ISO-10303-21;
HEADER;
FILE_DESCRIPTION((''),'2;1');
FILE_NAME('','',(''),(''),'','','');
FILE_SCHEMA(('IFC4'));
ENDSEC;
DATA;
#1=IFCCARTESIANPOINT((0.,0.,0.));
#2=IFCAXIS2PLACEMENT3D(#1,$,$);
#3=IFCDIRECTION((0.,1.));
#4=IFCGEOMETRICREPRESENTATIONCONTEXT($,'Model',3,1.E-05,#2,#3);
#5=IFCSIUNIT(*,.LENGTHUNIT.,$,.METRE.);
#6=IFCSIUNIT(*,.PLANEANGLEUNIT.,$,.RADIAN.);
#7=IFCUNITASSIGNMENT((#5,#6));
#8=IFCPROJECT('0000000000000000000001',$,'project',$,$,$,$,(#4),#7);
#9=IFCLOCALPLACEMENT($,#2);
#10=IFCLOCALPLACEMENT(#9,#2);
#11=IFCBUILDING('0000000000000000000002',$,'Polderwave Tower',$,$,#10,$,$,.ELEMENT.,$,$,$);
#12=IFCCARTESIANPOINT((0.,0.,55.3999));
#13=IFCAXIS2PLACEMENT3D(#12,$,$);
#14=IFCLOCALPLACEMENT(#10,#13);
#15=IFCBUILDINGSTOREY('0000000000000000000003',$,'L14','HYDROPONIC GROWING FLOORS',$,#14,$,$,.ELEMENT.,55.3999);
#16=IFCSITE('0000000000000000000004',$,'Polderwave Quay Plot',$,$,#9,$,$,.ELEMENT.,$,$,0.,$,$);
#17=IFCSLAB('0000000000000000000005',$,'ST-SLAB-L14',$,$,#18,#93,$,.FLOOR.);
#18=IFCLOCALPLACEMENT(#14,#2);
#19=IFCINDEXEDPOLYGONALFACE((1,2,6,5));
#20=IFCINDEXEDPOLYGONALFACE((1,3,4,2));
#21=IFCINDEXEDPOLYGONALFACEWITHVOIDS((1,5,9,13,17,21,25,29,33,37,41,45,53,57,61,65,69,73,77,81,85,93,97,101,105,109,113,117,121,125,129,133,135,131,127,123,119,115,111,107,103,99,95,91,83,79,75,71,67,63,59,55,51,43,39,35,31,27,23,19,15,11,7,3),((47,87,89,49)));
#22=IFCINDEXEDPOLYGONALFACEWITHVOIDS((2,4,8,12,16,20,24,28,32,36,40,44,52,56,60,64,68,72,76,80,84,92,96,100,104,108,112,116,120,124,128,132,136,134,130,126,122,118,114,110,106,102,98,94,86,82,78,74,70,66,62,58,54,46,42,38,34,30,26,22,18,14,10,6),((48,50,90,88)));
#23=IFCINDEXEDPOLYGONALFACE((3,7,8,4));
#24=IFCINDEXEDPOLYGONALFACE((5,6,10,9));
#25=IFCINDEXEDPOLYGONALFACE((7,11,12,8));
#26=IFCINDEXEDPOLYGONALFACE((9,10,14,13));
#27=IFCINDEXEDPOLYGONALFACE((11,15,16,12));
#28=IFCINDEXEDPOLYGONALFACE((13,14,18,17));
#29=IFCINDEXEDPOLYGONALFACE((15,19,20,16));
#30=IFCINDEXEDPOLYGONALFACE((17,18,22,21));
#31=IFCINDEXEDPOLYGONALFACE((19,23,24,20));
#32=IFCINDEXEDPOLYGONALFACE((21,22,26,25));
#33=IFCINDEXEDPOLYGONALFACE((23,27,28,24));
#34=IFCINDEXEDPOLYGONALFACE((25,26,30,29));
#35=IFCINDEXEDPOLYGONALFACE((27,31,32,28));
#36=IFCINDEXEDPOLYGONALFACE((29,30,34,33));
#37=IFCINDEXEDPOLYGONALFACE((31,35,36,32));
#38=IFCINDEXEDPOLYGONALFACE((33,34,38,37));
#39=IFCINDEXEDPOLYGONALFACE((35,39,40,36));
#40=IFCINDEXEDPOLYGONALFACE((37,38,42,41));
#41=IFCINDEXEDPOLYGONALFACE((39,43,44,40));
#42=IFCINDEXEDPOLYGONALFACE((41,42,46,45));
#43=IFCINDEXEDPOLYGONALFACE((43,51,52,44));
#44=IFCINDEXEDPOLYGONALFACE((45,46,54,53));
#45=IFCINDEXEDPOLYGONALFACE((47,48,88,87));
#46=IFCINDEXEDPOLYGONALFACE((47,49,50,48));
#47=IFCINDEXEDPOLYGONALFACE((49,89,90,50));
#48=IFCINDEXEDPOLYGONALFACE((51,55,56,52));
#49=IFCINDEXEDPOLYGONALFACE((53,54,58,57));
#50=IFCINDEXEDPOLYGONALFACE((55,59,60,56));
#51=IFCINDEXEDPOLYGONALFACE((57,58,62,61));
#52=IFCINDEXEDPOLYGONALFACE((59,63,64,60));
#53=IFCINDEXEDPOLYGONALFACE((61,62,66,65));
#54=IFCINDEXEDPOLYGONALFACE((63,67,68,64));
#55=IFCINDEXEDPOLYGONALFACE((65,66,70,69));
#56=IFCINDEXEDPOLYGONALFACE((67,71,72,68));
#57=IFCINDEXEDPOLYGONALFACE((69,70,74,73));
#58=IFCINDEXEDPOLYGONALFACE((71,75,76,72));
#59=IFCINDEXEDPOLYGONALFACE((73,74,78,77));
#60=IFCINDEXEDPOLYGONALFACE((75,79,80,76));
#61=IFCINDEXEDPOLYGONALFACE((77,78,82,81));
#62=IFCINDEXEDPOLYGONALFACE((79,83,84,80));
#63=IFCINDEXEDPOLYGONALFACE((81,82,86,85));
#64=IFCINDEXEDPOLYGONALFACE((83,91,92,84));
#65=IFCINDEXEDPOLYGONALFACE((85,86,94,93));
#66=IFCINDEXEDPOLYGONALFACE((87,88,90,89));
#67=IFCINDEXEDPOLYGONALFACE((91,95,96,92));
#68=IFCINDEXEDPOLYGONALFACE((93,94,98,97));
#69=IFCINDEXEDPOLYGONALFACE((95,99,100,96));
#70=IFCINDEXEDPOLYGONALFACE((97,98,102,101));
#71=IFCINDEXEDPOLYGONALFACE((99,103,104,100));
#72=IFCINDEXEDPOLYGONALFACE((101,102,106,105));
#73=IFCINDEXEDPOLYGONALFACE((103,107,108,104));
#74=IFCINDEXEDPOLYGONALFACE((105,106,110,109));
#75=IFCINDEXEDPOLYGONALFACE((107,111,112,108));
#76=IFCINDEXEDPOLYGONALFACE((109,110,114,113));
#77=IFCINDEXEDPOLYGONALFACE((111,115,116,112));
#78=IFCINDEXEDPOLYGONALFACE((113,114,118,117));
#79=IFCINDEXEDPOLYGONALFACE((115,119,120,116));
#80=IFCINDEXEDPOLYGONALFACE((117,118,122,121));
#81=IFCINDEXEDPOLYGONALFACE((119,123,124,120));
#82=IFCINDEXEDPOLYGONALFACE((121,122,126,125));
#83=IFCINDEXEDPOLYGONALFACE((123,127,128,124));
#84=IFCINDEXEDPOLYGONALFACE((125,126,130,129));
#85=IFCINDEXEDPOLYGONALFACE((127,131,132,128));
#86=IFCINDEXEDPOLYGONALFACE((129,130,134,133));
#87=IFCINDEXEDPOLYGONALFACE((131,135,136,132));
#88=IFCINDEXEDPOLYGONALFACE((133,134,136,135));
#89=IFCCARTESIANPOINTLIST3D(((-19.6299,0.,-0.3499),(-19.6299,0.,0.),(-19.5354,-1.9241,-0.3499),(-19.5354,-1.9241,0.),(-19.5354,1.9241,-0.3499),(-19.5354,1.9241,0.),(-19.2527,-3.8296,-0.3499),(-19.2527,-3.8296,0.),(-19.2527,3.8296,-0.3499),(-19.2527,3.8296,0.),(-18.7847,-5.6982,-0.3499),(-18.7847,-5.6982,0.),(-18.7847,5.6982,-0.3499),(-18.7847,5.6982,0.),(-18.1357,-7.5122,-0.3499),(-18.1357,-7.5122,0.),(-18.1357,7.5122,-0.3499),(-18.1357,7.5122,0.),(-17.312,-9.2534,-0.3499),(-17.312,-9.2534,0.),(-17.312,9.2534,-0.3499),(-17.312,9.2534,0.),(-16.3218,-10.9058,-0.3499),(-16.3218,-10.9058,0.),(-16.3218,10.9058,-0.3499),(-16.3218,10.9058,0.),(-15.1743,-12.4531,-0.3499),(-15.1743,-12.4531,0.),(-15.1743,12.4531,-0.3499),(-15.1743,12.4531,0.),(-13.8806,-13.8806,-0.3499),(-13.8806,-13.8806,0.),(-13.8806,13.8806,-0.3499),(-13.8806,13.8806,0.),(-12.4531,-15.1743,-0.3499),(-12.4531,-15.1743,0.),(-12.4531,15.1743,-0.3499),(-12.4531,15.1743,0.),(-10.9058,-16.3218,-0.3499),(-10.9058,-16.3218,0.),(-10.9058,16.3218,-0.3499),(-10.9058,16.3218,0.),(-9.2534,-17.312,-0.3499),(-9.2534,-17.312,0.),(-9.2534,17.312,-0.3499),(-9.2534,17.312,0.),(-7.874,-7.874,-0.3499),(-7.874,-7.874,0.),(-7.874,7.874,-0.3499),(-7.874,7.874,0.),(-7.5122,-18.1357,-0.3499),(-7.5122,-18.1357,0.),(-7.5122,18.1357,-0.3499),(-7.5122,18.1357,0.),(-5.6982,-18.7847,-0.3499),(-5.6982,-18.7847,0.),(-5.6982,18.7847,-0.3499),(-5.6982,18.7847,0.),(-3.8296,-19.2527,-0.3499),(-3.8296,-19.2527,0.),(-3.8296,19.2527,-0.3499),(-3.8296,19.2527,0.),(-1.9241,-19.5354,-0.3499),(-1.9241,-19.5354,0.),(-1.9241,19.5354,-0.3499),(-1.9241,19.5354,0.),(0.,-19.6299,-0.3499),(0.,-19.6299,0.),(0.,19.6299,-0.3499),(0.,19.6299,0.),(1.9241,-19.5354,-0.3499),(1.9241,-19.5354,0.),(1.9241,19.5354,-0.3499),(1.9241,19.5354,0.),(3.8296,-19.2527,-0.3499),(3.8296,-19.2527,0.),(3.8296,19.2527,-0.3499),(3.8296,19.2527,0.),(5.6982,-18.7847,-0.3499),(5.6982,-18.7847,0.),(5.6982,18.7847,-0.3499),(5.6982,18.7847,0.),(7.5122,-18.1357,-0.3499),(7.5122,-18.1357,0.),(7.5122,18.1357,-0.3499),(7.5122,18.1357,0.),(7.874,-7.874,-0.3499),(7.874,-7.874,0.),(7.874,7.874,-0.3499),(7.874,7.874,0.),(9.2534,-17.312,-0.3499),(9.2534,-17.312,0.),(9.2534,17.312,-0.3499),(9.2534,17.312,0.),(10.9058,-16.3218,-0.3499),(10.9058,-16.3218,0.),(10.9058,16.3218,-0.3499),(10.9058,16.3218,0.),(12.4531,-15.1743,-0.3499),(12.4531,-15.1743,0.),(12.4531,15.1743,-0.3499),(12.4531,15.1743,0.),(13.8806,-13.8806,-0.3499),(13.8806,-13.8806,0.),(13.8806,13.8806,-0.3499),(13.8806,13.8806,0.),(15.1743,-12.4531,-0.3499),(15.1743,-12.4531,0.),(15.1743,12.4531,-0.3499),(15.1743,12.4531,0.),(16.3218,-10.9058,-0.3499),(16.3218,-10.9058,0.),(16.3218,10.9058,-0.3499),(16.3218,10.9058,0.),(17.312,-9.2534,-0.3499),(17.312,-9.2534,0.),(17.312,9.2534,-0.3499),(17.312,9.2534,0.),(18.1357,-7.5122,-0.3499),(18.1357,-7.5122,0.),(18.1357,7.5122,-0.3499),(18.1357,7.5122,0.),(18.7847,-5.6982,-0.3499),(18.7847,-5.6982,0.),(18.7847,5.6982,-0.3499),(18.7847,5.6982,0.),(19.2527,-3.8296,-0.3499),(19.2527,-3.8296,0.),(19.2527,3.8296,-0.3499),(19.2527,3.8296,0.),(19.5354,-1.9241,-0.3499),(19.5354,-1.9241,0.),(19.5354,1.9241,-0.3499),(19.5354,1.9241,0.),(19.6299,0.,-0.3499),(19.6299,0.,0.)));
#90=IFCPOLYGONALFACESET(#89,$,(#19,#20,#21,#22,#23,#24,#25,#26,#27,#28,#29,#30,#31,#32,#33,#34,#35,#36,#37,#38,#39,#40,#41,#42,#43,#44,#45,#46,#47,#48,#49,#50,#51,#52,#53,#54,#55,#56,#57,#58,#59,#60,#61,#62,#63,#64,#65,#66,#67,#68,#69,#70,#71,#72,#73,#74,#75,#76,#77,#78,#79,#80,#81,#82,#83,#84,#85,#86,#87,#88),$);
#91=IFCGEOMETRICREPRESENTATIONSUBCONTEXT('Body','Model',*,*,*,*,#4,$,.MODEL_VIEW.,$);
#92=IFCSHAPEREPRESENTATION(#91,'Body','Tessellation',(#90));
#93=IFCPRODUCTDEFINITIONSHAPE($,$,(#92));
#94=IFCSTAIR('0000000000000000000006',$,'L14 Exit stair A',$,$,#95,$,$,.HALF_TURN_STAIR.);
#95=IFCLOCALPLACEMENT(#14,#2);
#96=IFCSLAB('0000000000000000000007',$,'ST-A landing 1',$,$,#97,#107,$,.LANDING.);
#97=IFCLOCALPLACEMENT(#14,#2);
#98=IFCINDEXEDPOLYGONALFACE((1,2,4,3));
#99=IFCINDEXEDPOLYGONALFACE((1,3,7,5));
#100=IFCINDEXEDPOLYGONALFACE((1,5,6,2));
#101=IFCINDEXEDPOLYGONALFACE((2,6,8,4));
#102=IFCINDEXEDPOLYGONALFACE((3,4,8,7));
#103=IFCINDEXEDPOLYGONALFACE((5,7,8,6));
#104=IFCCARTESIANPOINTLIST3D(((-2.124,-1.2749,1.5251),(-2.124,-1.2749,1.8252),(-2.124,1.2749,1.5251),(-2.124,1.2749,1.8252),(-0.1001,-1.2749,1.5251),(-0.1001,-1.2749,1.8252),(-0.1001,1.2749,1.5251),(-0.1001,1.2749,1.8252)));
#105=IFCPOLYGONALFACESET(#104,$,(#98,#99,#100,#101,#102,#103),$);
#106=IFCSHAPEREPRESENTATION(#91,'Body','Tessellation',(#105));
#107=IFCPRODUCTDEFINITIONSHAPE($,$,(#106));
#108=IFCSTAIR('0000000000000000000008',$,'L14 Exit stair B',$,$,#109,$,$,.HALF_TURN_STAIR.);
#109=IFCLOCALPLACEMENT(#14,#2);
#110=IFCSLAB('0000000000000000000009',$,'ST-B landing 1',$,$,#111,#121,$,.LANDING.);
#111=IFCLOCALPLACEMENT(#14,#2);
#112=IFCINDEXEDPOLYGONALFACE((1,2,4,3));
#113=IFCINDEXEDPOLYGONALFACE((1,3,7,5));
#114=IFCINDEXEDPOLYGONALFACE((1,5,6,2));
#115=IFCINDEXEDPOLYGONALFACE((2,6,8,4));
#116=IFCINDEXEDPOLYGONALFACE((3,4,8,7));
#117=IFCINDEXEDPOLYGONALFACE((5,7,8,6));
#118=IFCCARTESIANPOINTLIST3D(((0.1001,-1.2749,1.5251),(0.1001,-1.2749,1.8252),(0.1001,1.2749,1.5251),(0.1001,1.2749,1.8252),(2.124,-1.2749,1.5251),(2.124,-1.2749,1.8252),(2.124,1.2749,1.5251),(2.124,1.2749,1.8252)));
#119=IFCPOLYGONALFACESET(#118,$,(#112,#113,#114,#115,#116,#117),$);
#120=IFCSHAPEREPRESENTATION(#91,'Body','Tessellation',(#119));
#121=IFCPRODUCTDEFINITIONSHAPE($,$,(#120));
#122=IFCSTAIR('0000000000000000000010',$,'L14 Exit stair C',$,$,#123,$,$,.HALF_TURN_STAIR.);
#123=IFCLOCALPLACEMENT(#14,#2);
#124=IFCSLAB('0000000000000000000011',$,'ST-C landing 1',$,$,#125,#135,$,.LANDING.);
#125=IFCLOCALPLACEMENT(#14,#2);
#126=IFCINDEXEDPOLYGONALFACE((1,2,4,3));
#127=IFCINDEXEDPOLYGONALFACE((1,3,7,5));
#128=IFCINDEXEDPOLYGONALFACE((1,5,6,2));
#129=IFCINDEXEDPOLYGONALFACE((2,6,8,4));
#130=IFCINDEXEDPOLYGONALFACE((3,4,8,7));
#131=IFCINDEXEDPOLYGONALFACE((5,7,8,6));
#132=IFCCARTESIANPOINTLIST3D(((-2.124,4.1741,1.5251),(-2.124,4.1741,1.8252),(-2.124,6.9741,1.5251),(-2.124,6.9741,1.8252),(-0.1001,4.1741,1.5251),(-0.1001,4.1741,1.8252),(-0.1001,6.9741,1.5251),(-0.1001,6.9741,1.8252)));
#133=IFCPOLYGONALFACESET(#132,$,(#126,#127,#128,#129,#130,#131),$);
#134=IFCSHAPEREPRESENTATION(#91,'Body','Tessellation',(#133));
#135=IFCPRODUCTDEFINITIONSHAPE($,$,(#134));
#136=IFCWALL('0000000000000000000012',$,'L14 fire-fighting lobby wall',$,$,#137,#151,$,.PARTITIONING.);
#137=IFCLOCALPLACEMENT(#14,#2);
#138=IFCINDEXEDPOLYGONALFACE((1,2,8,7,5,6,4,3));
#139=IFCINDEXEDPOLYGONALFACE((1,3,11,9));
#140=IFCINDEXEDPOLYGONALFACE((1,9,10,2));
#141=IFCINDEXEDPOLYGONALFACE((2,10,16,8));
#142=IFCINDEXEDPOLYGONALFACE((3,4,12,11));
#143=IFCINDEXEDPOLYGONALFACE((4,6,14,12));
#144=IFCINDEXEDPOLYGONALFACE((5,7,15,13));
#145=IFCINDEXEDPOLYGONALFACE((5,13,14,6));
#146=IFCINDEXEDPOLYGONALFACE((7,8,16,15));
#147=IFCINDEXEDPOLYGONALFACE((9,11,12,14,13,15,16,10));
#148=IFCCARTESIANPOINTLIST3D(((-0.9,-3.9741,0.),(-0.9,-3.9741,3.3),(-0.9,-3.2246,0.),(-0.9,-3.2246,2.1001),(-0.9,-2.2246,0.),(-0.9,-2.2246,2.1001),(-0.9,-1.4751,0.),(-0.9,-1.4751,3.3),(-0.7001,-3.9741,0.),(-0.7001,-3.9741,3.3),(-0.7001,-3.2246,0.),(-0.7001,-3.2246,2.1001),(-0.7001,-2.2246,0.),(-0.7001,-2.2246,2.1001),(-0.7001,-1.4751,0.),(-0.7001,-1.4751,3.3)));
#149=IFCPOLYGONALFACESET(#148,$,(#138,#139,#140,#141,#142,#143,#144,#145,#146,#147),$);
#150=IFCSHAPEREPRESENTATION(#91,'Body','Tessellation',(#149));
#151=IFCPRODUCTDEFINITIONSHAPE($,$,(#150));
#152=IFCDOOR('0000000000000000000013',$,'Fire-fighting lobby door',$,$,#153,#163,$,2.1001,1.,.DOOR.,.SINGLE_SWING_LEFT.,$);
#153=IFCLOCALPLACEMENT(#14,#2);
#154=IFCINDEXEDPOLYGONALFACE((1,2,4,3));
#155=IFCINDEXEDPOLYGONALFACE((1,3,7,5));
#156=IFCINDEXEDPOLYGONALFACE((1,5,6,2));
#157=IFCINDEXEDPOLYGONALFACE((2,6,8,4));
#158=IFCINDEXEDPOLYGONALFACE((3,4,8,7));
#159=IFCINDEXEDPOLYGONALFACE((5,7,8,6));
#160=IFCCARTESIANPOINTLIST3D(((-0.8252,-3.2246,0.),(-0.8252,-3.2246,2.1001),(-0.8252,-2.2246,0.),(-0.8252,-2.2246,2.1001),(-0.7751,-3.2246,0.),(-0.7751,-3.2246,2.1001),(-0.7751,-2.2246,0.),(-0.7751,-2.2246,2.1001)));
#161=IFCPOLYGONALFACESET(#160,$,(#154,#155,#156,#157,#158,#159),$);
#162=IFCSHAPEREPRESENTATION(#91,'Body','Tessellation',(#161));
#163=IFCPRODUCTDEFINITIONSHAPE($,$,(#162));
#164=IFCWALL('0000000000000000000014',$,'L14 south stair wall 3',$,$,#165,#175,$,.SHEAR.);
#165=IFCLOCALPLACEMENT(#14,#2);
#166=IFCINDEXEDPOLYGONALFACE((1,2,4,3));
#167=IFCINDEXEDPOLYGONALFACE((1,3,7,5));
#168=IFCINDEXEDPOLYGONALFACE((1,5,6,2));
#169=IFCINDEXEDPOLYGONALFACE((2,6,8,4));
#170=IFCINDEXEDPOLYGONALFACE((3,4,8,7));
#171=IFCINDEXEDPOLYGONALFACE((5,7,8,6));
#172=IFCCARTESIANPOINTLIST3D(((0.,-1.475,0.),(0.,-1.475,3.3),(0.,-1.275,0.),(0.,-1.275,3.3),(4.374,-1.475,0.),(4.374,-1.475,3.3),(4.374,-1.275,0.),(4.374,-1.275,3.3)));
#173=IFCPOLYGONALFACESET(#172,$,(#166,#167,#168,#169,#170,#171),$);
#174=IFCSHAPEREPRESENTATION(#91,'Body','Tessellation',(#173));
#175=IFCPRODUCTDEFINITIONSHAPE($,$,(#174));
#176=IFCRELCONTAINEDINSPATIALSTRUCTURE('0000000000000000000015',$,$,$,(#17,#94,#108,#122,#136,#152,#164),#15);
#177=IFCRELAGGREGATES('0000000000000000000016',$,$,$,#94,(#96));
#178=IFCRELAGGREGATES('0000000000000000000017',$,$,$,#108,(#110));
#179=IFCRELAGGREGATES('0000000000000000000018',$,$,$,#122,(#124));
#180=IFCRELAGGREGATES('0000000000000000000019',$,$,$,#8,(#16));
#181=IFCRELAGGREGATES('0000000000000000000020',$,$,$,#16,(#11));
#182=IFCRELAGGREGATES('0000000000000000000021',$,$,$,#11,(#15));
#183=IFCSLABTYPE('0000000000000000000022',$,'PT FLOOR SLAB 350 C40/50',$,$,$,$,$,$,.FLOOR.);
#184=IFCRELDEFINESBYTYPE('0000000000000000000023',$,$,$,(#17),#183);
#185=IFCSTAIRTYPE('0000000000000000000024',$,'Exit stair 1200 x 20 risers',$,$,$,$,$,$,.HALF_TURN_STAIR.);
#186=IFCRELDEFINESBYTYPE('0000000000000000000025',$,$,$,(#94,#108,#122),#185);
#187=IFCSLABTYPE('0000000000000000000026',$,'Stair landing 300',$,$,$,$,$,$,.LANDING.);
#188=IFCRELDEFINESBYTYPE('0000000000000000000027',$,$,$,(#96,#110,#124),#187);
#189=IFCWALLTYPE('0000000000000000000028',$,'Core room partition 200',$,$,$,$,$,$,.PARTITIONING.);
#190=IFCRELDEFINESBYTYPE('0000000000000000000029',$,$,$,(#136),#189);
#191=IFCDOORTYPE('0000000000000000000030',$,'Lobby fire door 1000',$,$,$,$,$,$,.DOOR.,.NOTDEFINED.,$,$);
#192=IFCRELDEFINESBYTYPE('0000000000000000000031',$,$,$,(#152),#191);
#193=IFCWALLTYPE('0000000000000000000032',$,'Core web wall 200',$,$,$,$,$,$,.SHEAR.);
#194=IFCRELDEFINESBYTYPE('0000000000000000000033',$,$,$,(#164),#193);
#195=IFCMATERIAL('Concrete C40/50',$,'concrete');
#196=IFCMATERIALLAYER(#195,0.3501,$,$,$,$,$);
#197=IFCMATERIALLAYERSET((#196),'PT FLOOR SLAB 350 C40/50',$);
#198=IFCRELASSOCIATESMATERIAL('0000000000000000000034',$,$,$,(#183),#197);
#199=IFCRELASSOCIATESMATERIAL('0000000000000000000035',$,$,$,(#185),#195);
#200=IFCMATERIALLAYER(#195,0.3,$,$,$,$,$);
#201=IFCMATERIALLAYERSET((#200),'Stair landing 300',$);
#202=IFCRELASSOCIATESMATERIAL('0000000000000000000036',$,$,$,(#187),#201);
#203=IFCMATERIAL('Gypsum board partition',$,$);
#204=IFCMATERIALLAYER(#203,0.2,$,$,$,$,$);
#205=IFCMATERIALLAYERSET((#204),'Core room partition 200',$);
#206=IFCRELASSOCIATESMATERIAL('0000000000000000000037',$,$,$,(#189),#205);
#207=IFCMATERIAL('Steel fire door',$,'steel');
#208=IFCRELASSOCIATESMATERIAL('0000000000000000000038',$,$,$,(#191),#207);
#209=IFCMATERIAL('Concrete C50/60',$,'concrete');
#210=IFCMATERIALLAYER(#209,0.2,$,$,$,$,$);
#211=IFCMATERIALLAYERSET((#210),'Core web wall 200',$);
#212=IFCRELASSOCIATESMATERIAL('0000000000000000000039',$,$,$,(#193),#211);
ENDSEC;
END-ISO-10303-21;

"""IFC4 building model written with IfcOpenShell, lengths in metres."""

from ifc_helpers import new_model, si_unit, direction, frame, frame_2d, origin, place, context, subcontext, project, spatial, polyline, rectangle, outline, extrude, material, layer, layer_set, type_object, element, fill, aggregate, save


model = new_model("IFC4")

# Units and contexts
model_context = context("Model", 3, precision=1e-05, world=origin(), true_north=direction((0.0, 1.0)))
body_context = subcontext(model_context, "Body", "Model", "MODEL_VIEW")
ifc_project = project(units=[si_unit("LENGTHUNIT", "METRE"), si_unit("PLANEANGLEUNIT", "RADIAN")], contexts=[model_context])

# Site, building, storey
site_placement = place(None, origin())
site = spatial("IfcSite", under=ifc_project, at=site_placement, Name="Polderwave Quay Plot", CompositionType="ELEMENT", RefElevation=0.0)
building_placement = place(site_placement, origin())
building = spatial("IfcBuilding", under=site, at=building_placement, Name="Polderwave Tower", CompositionType="ELEMENT")
storey_placement = place(building_placement, frame((0.0, 0.0, 55.3999)))
storey = spatial("IfcBuildingStorey", under=building, at=storey_placement, Name="L14", Description="HYDROPONIC GROWING FLOORS", CompositionType="ELEMENT", Elevation=55.3999)

# Slab
ifc_material_1 = material(Name="Concrete C40/50", Category="concrete")
ifc_layer_1 = layer(ifc_material_1, 0.3501)
ifc_layer_set_1 = layer_set([ifc_layer_1], Name="PT FLOOR SLAB 350 C40/50")
slab_type_1 = type_object("IfcSlabType", Name="PT FLOOR SLAB 350 C40/50", PredefinedType="FLOOR", material=ifc_layer_set_1)
slab_1_placement = place(storey_placement, frame((0.0, 0.0, -0.3499)))
element("IfcSlab", 1, at=slab_1_placement, inside=storey, type_object=slab_type_1, Name="ST-SLAB-L14", PredefinedType="FLOOR", context=body_context, shape_type="SweptSolid", body=[
    extrude(outline(polyline([(19.6299, 0.0), (19.5354, 1.9241), (19.2527, 3.8296), (18.7847, 5.6982), (18.1357, 7.5122), (17.312, 9.2534), (16.3218, 10.9058), (15.1743, 12.4531), (13.8806, 13.8806), (12.4531, 15.1743), (10.9058, 16.3218), (9.2534, 17.312), (7.5122, 18.1357), (5.6982, 18.7847), (3.8296, 19.2527), (1.9241, 19.5354), (0.0, 19.6299), (-1.9241, 19.5354), (-3.8296, 19.2527), (-5.6982, 18.7847), (-7.5122, 18.1357), (-9.2534, 17.312), (-10.9058, 16.3218), (-12.4531, 15.1743), (-13.8806, 13.8806), (-15.1743, 12.4531), (-16.3218, 10.9058), (-17.312, 9.2534), (-18.1357, 7.5122), (-18.7847, 5.6982), (-19.2527, 3.8296), (-19.5354, 1.9241), (-19.6299, 0.0), (-19.5354, -1.9241), (-19.2527, -3.8296), (-18.7847, -5.6982), (-18.1357, -7.5122), (-17.312, -9.2534), (-16.3218, -10.9058), (-15.1743, -12.4531), (-13.8806, -13.8806), (-12.4531, -15.1743), (-10.9058, -16.3218), (-9.2534, -17.312), (-7.5122, -18.1357), (-5.6982, -18.7847), (-3.8296, -19.2527), (-1.9241, -19.5354), (0.0, -19.6299), (1.9241, -19.5354), (3.8296, -19.2527), (5.6982, -18.7847), (7.5122, -18.1357), (9.2534, -17.312), (10.9058, -16.3218), (12.4531, -15.1743), (13.8806, -13.8806), (15.1743, -12.4531), (16.3218, -10.9058), (17.312, -9.2534), (18.1357, -7.5122), (18.7847, -5.6982), (19.2527, -3.8296), (19.5354, -1.9241), (19.6299, 0.0)]), holes=[polyline([(-7.874, -7.874), (7.874, -7.874), (7.874, 7.874), (-7.874, 7.874), (-7.874, -7.874)])]), origin(), (0.0, 0.0, 1.0), 0.3499),
])

# Stairs, slabs
stair_type = type_object("IfcStairType", Name="Exit stair 1200 x 20 risers", PredefinedType="HALF_TURN_STAIR", material=ifc_material_1)
stair_1_placement = place(storey_placement, origin())
stair_1 = element("IfcStair", 2, at=stair_1_placement, inside=storey, type_object=stair_type, Name="L14 Exit stair A", PredefinedType="HALF_TURN_STAIR")
ifc_layer_2 = layer(ifc_material_1, 0.3)
ifc_layer_set_2 = layer_set([ifc_layer_2], Name="Stair landing 300")
slab_type_2 = type_object("IfcSlabType", Name="Stair landing 300", PredefinedType="LANDING", material=ifc_layer_set_2)
slab_2_placement = place(storey_placement, frame((0.0, 0.0, 1.5251)))
slab_2 = element("IfcSlab", 3, at=slab_2_placement, type_object=slab_type_2, Name="ST-A landing 1", PredefinedType="LANDING", context=body_context, shape_type="SweptSolid", body=[
    extrude(outline(polyline([(-2.124, -1.2749), (-0.1001, -1.2749), (-0.1001, 1.2749), (-2.124, 1.2749), (-2.124, -1.2749)])), origin(), (0.0, 0.0, 1.0), 0.3),
])
aggregate(stair_1, [slab_2])
stair_2_placement = place(storey_placement, origin())
stair_2 = element("IfcStair", 4, at=stair_2_placement, inside=storey, type_object=stair_type, Name="L14 Exit stair B", PredefinedType="HALF_TURN_STAIR")
slab_3_placement = place(storey_placement, frame((0.0, 0.0, 1.5251)))
slab_3 = element("IfcSlab", 5, at=slab_3_placement, type_object=slab_type_2, Name="ST-B landing 1", PredefinedType="LANDING", context=body_context, shape_type="SweptSolid", body=[
    extrude(outline(polyline([(2.124, 1.2749), (0.1001, 1.2749), (0.1001, -1.2749), (2.124, -1.2749), (2.124, 1.2749)])), origin(), (0.0, 0.0, 1.0), 0.3),
])
aggregate(stair_2, [slab_3])
stair_3_placement = place(storey_placement, origin())
stair_3 = element("IfcStair", 6, at=stair_3_placement, inside=storey, type_object=stair_type, Name="L14 Exit stair C", PredefinedType="HALF_TURN_STAIR")
slab_4_placement = place(storey_placement, frame((0.0, 0.0, 1.5251)))
slab_4 = element("IfcSlab", 7, at=slab_4_placement, type_object=slab_type_2, Name="ST-C landing 1", PredefinedType="LANDING", context=body_context, shape_type="SweptSolid", body=[
    extrude(outline(polyline([(-2.124, 4.1741), (-0.1001, 4.1741), (-0.1001, 6.9741), (-2.124, 6.9741), (-2.124, 4.1741)])), origin(), (0.0, 0.0, 1.0), 0.3),
])
aggregate(stair_3, [slab_4])

# Wall, opening, door
ifc_material_2 = material(Name="Gypsum board partition")
ifc_layer_3 = layer(ifc_material_2, 0.2)
ifc_layer_set_3 = layer_set([ifc_layer_3], Name="Core room partition 200")
wall_type_1 = type_object("IfcWallType", Name="Core room partition 200", PredefinedType="PARTITIONING", material=ifc_layer_set_3)
wall_1_placement = place(storey_placement, frame((-0.8, -3.9741, 0.0), z_axis=(0.0, 0.0, 1.0), x_axis=(0.0, 1.0, 0.0)))
wall_1 = element("IfcWall", 8, at=wall_1_placement, inside=storey, type_object=wall_type_1, Name="L14 fire-fighting lobby wall", PredefinedType="PARTITIONING", context=body_context, shape_type="SweptSolid", body=[
    extrude(rectangle(XDim=2.499, YDim=0.2, at=frame_2d((1.2495, 0.0))), origin(), (0.0, 0.0, 1.0), 3.3),
])
opening_placement = place(wall_1_placement, frame((0.7495, 0.0, 0.0)))
opening = element("IfcOpeningElement", 9, at=opening_placement, cuts=wall_1, PredefinedType="OPENING", context=body_context, shape_type="SweptSolid", body=[
    extrude(rectangle(XDim=1.0, YDim=2.1001, at=frame_2d((0.5, 1.05))), frame((0.0, 0.1099, 0.0), z_axis=(0.0, -1.0, 0.0), x_axis=(1.0, 0.0, 0.0)), (0.0, 0.0, 1.0), 0.22),
])
ifc_material_3 = material(Name="Steel fire door", Category="steel")
door_type = type_object("IfcDoorType", Name="Lobby fire door 1000", OperationType="NOTDEFINED", PredefinedType="DOOR", material=ifc_material_3)
door_placement = place(opening_placement, frame((1.0, 0.0, 0.0), z_axis=(0.0, 0.0, 1.0), x_axis=(-1.0, 0.0, 0.0)))
door = element("IfcDoor", 10, at=door_placement, inside=storey, type_object=door_type, Name="Fire-fighting lobby door", OperationType="SINGLE_SWING_LEFT", OverallHeight=2.1001, OverallWidth=1.0, PredefinedType="DOOR", context=body_context, shape_type="SweptSolid", body=[
    extrude(rectangle(XDim=1.0, YDim=2.1001, at=frame_2d((0.5, 1.05))), frame((0.0, 0.0249, 0.0), z_axis=(0.0, -1.0, 0.0), x_axis=(1.0, 0.0, 0.0)), (0.0, 0.0, 1.0), 0.05),
])
fill(opening, door)

# Wall
ifc_material_4 = material(Name="Concrete C50/60", Category="concrete")
ifc_layer_4 = layer(ifc_material_4, 0.2)
ifc_layer_set_4 = layer_set([ifc_layer_4], Name="Core web wall 200")
wall_type_2 = type_object("IfcWallType", Name="Core web wall 200", PredefinedType="SHEAR", material=ifc_layer_set_4)
wall_2_placement = place(storey_placement, frame((0.0, -1.375, 0.0), z_axis=(0.0, 0.0, 1.0), x_axis=(1.0, 0.0, 0.0)))
element("IfcWall", 11, at=wall_2_placement, inside=storey, type_object=wall_type_2, Name="L14 south stair wall 3", PredefinedType="SHEAR", context=body_context, shape_type="SweptSolid", body=[
    extrude(rectangle(XDim=4.374, YDim=0.2, at=frame_2d((2.187, 0.0))), origin(), (0.0, 0.0, 1.0), 3.3),
])

save(model, "model.ifc")
